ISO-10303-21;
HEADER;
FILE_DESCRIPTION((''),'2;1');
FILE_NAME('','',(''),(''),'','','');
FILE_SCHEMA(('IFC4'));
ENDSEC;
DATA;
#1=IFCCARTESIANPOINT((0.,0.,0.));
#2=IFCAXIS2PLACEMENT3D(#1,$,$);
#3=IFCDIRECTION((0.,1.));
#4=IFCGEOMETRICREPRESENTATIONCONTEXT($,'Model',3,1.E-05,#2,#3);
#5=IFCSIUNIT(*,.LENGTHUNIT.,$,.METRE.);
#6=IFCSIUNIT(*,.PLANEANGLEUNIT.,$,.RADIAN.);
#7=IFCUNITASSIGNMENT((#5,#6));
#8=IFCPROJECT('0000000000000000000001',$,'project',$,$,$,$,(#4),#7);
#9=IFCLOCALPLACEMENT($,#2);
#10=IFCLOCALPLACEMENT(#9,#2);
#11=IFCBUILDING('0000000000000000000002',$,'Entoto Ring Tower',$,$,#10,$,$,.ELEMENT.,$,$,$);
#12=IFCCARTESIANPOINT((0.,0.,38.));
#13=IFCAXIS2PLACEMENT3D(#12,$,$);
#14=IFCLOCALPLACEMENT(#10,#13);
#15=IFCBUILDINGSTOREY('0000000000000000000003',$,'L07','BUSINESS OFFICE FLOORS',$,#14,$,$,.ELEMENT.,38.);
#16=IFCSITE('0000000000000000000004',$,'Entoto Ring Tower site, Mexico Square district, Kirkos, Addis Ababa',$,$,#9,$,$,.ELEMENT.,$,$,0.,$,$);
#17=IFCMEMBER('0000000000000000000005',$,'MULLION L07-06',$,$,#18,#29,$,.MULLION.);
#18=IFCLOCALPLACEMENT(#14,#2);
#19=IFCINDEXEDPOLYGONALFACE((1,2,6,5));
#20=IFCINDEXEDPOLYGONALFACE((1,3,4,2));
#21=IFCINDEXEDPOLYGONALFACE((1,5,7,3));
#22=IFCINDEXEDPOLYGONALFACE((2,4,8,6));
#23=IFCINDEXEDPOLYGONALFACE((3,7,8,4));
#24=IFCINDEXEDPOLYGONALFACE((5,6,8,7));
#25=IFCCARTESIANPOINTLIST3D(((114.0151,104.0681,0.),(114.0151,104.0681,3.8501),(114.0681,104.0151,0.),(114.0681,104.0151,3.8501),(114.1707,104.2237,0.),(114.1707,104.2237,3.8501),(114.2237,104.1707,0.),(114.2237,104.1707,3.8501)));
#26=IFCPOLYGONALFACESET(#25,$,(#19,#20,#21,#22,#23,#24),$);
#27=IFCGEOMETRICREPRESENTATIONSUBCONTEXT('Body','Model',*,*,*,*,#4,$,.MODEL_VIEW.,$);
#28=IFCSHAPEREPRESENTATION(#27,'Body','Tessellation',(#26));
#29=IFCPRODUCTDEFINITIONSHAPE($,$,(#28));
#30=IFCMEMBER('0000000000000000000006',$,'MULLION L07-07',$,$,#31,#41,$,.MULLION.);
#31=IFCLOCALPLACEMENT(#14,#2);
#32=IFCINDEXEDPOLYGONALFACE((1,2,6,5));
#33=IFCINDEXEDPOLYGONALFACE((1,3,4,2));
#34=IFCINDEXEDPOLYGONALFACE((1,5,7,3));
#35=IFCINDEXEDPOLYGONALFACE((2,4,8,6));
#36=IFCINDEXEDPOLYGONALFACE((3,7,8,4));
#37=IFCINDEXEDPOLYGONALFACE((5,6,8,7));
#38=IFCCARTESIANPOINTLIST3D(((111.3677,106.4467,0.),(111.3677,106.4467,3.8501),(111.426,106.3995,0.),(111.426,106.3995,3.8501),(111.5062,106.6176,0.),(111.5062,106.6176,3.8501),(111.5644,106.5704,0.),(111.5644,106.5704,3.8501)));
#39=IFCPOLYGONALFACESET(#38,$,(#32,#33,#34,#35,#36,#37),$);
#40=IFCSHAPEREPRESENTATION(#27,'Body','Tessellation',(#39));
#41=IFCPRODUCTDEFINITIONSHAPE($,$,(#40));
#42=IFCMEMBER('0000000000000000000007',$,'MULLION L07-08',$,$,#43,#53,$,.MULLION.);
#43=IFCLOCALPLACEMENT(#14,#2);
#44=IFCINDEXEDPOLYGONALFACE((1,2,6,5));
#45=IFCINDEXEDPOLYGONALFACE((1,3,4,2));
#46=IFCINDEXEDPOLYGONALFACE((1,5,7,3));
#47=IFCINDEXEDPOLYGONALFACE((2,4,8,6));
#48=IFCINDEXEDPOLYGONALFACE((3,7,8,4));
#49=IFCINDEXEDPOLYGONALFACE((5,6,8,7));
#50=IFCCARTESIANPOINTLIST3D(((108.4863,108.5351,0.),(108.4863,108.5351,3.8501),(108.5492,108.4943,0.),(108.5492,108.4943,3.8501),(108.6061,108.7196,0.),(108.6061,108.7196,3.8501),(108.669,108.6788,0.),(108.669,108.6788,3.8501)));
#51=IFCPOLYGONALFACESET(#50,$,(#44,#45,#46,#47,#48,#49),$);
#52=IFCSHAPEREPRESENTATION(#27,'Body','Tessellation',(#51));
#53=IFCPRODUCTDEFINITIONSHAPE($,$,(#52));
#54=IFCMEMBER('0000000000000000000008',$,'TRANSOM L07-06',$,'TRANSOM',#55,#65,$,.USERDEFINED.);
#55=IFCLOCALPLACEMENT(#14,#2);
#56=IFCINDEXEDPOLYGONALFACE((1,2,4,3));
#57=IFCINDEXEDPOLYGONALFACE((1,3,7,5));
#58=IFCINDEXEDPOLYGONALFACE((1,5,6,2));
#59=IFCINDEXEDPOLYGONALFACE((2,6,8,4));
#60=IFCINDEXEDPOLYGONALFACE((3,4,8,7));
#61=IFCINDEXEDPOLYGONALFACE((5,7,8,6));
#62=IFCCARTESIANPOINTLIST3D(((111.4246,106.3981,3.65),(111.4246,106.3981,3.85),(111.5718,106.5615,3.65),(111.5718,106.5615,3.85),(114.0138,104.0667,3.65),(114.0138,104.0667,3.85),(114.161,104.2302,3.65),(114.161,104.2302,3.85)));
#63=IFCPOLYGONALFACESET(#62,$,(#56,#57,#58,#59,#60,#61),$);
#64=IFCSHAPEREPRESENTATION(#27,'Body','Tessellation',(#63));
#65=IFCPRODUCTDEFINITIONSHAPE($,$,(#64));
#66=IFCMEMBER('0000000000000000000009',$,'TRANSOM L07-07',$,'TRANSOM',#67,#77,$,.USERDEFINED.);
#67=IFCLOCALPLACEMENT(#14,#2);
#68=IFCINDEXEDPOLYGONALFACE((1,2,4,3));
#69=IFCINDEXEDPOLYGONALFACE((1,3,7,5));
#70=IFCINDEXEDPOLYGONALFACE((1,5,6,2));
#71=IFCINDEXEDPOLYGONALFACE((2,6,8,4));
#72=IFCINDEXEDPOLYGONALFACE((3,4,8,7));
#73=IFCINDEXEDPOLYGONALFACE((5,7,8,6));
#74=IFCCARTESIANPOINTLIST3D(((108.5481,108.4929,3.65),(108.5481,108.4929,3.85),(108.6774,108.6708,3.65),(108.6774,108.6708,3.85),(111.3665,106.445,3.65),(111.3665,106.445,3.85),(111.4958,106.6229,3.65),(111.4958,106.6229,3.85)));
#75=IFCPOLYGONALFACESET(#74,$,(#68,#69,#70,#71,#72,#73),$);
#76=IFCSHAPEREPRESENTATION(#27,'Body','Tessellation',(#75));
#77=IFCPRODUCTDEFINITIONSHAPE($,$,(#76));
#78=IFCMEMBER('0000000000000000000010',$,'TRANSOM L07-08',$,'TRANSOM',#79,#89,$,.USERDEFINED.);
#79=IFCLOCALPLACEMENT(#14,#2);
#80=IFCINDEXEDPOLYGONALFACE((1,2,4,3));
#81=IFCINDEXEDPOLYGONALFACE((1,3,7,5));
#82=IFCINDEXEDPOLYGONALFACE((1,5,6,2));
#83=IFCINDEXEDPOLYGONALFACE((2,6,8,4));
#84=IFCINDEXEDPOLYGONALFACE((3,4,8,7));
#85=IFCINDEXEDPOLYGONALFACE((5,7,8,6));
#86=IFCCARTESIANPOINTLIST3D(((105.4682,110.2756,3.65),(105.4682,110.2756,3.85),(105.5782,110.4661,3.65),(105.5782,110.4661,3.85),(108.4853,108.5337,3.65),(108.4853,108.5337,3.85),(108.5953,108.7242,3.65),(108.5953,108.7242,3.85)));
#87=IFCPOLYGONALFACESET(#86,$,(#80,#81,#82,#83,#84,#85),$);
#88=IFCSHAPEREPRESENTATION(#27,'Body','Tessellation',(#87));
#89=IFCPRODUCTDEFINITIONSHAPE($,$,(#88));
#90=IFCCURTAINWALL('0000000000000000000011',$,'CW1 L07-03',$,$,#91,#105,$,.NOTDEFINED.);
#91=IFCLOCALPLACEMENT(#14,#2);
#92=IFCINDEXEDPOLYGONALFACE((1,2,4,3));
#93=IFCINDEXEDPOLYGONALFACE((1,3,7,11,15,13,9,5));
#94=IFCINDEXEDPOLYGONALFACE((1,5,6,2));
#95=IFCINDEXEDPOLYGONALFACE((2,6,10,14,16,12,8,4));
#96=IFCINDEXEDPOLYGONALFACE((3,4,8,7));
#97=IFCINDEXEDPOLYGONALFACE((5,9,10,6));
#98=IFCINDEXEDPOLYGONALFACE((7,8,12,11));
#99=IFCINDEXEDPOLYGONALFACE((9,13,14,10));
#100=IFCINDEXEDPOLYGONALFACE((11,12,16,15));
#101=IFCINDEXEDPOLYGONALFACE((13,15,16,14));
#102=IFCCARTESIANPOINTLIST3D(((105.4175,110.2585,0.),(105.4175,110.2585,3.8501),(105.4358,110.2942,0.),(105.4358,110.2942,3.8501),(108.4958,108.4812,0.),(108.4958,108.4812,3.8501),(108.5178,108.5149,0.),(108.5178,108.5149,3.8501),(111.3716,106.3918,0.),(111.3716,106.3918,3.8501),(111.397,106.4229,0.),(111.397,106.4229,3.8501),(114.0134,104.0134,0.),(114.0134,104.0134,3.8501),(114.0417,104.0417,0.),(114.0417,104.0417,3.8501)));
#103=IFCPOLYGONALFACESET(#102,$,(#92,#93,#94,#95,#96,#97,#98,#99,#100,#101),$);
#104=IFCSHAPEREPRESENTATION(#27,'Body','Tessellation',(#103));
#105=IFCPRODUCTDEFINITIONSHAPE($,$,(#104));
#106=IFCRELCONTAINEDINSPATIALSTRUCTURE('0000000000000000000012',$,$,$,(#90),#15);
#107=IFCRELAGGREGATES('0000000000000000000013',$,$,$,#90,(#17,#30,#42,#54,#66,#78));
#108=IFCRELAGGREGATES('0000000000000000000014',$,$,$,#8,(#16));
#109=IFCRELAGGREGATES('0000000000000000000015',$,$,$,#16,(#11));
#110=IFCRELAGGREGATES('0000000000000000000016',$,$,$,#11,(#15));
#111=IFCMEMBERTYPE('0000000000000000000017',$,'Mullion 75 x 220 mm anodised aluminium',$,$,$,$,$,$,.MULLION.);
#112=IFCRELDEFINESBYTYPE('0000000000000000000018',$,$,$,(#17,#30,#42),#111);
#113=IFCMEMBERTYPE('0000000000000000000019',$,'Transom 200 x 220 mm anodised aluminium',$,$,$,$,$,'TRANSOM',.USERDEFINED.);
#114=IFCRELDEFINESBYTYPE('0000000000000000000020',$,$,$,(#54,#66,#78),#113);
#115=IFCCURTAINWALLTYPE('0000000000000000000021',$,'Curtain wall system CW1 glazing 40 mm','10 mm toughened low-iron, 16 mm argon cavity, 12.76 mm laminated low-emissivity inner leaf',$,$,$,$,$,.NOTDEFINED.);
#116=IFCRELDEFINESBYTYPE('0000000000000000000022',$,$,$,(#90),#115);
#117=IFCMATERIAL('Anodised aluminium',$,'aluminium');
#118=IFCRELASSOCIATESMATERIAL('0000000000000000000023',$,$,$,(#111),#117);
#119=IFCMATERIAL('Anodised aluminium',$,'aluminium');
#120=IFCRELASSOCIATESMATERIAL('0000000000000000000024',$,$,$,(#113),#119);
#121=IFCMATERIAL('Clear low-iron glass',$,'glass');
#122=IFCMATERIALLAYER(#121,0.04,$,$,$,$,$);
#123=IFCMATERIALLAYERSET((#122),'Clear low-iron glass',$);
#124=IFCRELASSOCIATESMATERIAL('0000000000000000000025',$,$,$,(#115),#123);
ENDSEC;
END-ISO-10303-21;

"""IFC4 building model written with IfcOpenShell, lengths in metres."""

from ifc_helpers import new_model, si_unit, direction, frame, origin, origin_2d, place, context, subcontext, project, spatial, polyline, rectangle, outline, extrude, material, layer, layer_set, material_profile, profile_set, type_object, element, aggregate, save


model = new_model("IFC4")

# Units and contexts
model_context = context("Model", 3, precision=1e-05, world=origin(), true_north=direction((0.0, 1.0)))
body_context = subcontext(model_context, "Body", "Model", "MODEL_VIEW")
ifc_project = project(units=[si_unit("LENGTHUNIT", "METRE"), si_unit("PLANEANGLEUNIT", "RADIAN")], contexts=[model_context])

# Members
ifc_material_1 = material(Name="Anodised aluminium", Category="aluminium")
ifc_material_profile_1 = material_profile(ifc_material_1, rectangle(XDim=0.075, YDim=0.22, at=origin_2d()), Name="Mullion 75 x 220 mm anodised aluminium")
ifc_profile_set_1 = profile_set([ifc_material_profile_1], Name="Anodised aluminium")
member_type_1 = type_object("IfcMemberType", Name="Mullion 75 x 220 mm anodised aluminium", PredefinedType="MULLION", material=ifc_profile_set_1)
site_placement = place(None, origin())
building_placement = place(site_placement, origin())
storey_placement = place(building_placement, frame((0.0, 0.0, 38.0)))
member_1_placement = place(storey_placement, frame((114.1194, 104.1194, 0.0), z_axis=(0.0, 0.0, 1.0), x_axis=(-0.707107, 0.707107, 0.0)))
member_1 = element("IfcMember", 1, at=member_1_placement, type_object=member_type_1, Name="MULLION L07-06", PredefinedType="MULLION", context=body_context, shape_type="SweptSolid", body=[
    extrude(rectangle(XDim=0.075, YDim=0.22, at=origin_2d()), origin(), (0.0, 0.0, 1.0), 3.8501),
])
member_2_placement = place(storey_placement, frame((111.4661, 106.5085, 0.0), z_axis=(0.0, 0.0, 1.0), x_axis=(-0.777146, 0.62932, 0.0)))
member_2 = element("IfcMember", 2, at=member_2_placement, type_object=member_type_1, Name="MULLION L07-07", PredefinedType="MULLION", context=body_context, shape_type="SweptSolid", body=[
    extrude(rectangle(XDim=0.075, YDim=0.22, at=origin_2d()), origin(), (0.0, 0.0, 1.0), 3.8501),
])
member_3_placement = place(storey_placement, frame((108.5776, 108.6069, 0.0), z_axis=(0.0, 0.0, 1.0), x_axis=(-0.838671, 0.544639, 0.0)))
member_3 = element("IfcMember", 3, at=member_3_placement, type_object=member_type_1, Name="MULLION L07-08", PredefinedType="MULLION", context=body_context, shape_type="SweptSolid", body=[
    extrude(rectangle(XDim=0.075, YDim=0.22, at=origin_2d()), origin(), (0.0, 0.0, 1.0), 3.8501),
])
ifc_material_2 = material(Name="Anodised aluminium", Category="aluminium")
ifc_material_profile_2 = material_profile(ifc_material_2, rectangle(XDim=0.22, YDim=0.2, at=origin_2d()), Name="Transom 200 x 220 mm anodised aluminium")
ifc_profile_set_2 = profile_set([ifc_material_profile_2], Name="Anodised aluminium")
member_type_2 = type_object("IfcMemberType", Name="Transom 200 x 220 mm anodised aluminium", ElementType="TRANSOM", PredefinedType="USERDEFINED", material=ifc_profile_set_2)
member_4_placement = place(storey_placement, frame((114.0874, 104.1484, 3.75), z_axis=(-0.743137, 0.669139, 0.0), x_axis=(-0.669139, -0.743137, 0.0)))
member_4 = element("IfcMember", 4, at=member_4_placement, type_object=member_type_2, Name="TRANSOM L07-06", ObjectType="TRANSOM", PredefinedType="USERDEFINED", context=body_context, shape_type="SweptSolid", body=[
    extrude(rectangle(XDim=0.22, YDim=0.2, at=origin_2d()), origin(), (0.0, 0.0, 1.0), 3.4841),
])
member_5_placement = place(storey_placement, frame((111.4312, 106.5339, 3.75), z_axis=(-0.808991, 0.587822, 0.0), x_axis=(-0.587822, -0.808991, 0.0)))
member_5 = element("IfcMember", 5, at=member_5_placement, type_object=member_type_2, Name="TRANSOM L07-07", ObjectType="TRANSOM", PredefinedType="USERDEFINED", context=body_context, shape_type="SweptSolid", body=[
    extrude(rectangle(XDim=0.22, YDim=0.2, at=origin_2d()), origin(), (0.0, 0.0, 1.0), 3.4839),
])
member_6_placement = place(storey_placement, frame((108.5403, 108.6289, 3.75), z_axis=(-0.866022, 0.500006, 0.0), x_axis=(-0.500006, -0.866022, 0.0)))
member_6 = element("IfcMember", 6, at=member_6_placement, type_object=member_type_2, Name="TRANSOM L07-08", ObjectType="TRANSOM", PredefinedType="USERDEFINED", context=body_context, shape_type="SweptSolid", body=[
    extrude(rectangle(XDim=0.22, YDim=0.2, at=origin_2d()), origin(), (0.0, 0.0, 1.0), 3.4839),
])

# Site, building, storey
site = spatial("IfcSite", under=ifc_project, at=site_placement, Name="Entoto Ring Tower site, Mexico Square district, Kirkos, Addis Ababa", CompositionType="ELEMENT", RefElevation=0.0)
building = spatial("IfcBuilding", under=site, at=building_placement, Name="Entoto Ring Tower", CompositionType="ELEMENT")
storey = spatial("IfcBuildingStorey", under=building, at=storey_placement, Name="L07", Description="BUSINESS OFFICE FLOORS", CompositionType="ELEMENT", Elevation=38.0)

# Curtain wall
ifc_material_3 = material(Name="Clear low-iron glass", Category="glass")
ifc_layer = layer(ifc_material_3, 0.04)
ifc_layer_set = layer_set([ifc_layer], Name="Clear low-iron glass")
curtain_wall_type = type_object("IfcCurtainWallType", Name="Curtain wall system CW1 glazing 40 mm", Description="10 mm toughened low-iron, 16 mm argon cavity, 12.76 mm laminated low-emissivity inner leaf", PredefinedType="NOTDEFINED", material=ifc_layer_set)
curtain_wall_1_placement = place(storey_placement, origin())
curtain_wall_1 = element("IfcCurtainWall", 7, at=curtain_wall_1_placement, inside=storey, type_object=curtain_wall_type, Name="CW1 L07-03", PredefinedType="NOTDEFINED", context=body_context, shape_type="SweptSolid", body=[
    extrude(outline(polyline([(114.0417, 104.0417), (111.397, 106.4229), (108.5178, 108.5149), (105.4358, 110.2942), (105.4175, 110.2585), (108.4958, 108.4812), (111.3716, 106.3918), (114.0134, 104.0134), (114.0417, 104.0417)])), origin(), (0.0, 0.0, 1.0), 3.8501),
])
aggregate(curtain_wall_1, [member_1, member_2, member_3, member_4, member_5, member_6])

save(model, "model.ifc")
